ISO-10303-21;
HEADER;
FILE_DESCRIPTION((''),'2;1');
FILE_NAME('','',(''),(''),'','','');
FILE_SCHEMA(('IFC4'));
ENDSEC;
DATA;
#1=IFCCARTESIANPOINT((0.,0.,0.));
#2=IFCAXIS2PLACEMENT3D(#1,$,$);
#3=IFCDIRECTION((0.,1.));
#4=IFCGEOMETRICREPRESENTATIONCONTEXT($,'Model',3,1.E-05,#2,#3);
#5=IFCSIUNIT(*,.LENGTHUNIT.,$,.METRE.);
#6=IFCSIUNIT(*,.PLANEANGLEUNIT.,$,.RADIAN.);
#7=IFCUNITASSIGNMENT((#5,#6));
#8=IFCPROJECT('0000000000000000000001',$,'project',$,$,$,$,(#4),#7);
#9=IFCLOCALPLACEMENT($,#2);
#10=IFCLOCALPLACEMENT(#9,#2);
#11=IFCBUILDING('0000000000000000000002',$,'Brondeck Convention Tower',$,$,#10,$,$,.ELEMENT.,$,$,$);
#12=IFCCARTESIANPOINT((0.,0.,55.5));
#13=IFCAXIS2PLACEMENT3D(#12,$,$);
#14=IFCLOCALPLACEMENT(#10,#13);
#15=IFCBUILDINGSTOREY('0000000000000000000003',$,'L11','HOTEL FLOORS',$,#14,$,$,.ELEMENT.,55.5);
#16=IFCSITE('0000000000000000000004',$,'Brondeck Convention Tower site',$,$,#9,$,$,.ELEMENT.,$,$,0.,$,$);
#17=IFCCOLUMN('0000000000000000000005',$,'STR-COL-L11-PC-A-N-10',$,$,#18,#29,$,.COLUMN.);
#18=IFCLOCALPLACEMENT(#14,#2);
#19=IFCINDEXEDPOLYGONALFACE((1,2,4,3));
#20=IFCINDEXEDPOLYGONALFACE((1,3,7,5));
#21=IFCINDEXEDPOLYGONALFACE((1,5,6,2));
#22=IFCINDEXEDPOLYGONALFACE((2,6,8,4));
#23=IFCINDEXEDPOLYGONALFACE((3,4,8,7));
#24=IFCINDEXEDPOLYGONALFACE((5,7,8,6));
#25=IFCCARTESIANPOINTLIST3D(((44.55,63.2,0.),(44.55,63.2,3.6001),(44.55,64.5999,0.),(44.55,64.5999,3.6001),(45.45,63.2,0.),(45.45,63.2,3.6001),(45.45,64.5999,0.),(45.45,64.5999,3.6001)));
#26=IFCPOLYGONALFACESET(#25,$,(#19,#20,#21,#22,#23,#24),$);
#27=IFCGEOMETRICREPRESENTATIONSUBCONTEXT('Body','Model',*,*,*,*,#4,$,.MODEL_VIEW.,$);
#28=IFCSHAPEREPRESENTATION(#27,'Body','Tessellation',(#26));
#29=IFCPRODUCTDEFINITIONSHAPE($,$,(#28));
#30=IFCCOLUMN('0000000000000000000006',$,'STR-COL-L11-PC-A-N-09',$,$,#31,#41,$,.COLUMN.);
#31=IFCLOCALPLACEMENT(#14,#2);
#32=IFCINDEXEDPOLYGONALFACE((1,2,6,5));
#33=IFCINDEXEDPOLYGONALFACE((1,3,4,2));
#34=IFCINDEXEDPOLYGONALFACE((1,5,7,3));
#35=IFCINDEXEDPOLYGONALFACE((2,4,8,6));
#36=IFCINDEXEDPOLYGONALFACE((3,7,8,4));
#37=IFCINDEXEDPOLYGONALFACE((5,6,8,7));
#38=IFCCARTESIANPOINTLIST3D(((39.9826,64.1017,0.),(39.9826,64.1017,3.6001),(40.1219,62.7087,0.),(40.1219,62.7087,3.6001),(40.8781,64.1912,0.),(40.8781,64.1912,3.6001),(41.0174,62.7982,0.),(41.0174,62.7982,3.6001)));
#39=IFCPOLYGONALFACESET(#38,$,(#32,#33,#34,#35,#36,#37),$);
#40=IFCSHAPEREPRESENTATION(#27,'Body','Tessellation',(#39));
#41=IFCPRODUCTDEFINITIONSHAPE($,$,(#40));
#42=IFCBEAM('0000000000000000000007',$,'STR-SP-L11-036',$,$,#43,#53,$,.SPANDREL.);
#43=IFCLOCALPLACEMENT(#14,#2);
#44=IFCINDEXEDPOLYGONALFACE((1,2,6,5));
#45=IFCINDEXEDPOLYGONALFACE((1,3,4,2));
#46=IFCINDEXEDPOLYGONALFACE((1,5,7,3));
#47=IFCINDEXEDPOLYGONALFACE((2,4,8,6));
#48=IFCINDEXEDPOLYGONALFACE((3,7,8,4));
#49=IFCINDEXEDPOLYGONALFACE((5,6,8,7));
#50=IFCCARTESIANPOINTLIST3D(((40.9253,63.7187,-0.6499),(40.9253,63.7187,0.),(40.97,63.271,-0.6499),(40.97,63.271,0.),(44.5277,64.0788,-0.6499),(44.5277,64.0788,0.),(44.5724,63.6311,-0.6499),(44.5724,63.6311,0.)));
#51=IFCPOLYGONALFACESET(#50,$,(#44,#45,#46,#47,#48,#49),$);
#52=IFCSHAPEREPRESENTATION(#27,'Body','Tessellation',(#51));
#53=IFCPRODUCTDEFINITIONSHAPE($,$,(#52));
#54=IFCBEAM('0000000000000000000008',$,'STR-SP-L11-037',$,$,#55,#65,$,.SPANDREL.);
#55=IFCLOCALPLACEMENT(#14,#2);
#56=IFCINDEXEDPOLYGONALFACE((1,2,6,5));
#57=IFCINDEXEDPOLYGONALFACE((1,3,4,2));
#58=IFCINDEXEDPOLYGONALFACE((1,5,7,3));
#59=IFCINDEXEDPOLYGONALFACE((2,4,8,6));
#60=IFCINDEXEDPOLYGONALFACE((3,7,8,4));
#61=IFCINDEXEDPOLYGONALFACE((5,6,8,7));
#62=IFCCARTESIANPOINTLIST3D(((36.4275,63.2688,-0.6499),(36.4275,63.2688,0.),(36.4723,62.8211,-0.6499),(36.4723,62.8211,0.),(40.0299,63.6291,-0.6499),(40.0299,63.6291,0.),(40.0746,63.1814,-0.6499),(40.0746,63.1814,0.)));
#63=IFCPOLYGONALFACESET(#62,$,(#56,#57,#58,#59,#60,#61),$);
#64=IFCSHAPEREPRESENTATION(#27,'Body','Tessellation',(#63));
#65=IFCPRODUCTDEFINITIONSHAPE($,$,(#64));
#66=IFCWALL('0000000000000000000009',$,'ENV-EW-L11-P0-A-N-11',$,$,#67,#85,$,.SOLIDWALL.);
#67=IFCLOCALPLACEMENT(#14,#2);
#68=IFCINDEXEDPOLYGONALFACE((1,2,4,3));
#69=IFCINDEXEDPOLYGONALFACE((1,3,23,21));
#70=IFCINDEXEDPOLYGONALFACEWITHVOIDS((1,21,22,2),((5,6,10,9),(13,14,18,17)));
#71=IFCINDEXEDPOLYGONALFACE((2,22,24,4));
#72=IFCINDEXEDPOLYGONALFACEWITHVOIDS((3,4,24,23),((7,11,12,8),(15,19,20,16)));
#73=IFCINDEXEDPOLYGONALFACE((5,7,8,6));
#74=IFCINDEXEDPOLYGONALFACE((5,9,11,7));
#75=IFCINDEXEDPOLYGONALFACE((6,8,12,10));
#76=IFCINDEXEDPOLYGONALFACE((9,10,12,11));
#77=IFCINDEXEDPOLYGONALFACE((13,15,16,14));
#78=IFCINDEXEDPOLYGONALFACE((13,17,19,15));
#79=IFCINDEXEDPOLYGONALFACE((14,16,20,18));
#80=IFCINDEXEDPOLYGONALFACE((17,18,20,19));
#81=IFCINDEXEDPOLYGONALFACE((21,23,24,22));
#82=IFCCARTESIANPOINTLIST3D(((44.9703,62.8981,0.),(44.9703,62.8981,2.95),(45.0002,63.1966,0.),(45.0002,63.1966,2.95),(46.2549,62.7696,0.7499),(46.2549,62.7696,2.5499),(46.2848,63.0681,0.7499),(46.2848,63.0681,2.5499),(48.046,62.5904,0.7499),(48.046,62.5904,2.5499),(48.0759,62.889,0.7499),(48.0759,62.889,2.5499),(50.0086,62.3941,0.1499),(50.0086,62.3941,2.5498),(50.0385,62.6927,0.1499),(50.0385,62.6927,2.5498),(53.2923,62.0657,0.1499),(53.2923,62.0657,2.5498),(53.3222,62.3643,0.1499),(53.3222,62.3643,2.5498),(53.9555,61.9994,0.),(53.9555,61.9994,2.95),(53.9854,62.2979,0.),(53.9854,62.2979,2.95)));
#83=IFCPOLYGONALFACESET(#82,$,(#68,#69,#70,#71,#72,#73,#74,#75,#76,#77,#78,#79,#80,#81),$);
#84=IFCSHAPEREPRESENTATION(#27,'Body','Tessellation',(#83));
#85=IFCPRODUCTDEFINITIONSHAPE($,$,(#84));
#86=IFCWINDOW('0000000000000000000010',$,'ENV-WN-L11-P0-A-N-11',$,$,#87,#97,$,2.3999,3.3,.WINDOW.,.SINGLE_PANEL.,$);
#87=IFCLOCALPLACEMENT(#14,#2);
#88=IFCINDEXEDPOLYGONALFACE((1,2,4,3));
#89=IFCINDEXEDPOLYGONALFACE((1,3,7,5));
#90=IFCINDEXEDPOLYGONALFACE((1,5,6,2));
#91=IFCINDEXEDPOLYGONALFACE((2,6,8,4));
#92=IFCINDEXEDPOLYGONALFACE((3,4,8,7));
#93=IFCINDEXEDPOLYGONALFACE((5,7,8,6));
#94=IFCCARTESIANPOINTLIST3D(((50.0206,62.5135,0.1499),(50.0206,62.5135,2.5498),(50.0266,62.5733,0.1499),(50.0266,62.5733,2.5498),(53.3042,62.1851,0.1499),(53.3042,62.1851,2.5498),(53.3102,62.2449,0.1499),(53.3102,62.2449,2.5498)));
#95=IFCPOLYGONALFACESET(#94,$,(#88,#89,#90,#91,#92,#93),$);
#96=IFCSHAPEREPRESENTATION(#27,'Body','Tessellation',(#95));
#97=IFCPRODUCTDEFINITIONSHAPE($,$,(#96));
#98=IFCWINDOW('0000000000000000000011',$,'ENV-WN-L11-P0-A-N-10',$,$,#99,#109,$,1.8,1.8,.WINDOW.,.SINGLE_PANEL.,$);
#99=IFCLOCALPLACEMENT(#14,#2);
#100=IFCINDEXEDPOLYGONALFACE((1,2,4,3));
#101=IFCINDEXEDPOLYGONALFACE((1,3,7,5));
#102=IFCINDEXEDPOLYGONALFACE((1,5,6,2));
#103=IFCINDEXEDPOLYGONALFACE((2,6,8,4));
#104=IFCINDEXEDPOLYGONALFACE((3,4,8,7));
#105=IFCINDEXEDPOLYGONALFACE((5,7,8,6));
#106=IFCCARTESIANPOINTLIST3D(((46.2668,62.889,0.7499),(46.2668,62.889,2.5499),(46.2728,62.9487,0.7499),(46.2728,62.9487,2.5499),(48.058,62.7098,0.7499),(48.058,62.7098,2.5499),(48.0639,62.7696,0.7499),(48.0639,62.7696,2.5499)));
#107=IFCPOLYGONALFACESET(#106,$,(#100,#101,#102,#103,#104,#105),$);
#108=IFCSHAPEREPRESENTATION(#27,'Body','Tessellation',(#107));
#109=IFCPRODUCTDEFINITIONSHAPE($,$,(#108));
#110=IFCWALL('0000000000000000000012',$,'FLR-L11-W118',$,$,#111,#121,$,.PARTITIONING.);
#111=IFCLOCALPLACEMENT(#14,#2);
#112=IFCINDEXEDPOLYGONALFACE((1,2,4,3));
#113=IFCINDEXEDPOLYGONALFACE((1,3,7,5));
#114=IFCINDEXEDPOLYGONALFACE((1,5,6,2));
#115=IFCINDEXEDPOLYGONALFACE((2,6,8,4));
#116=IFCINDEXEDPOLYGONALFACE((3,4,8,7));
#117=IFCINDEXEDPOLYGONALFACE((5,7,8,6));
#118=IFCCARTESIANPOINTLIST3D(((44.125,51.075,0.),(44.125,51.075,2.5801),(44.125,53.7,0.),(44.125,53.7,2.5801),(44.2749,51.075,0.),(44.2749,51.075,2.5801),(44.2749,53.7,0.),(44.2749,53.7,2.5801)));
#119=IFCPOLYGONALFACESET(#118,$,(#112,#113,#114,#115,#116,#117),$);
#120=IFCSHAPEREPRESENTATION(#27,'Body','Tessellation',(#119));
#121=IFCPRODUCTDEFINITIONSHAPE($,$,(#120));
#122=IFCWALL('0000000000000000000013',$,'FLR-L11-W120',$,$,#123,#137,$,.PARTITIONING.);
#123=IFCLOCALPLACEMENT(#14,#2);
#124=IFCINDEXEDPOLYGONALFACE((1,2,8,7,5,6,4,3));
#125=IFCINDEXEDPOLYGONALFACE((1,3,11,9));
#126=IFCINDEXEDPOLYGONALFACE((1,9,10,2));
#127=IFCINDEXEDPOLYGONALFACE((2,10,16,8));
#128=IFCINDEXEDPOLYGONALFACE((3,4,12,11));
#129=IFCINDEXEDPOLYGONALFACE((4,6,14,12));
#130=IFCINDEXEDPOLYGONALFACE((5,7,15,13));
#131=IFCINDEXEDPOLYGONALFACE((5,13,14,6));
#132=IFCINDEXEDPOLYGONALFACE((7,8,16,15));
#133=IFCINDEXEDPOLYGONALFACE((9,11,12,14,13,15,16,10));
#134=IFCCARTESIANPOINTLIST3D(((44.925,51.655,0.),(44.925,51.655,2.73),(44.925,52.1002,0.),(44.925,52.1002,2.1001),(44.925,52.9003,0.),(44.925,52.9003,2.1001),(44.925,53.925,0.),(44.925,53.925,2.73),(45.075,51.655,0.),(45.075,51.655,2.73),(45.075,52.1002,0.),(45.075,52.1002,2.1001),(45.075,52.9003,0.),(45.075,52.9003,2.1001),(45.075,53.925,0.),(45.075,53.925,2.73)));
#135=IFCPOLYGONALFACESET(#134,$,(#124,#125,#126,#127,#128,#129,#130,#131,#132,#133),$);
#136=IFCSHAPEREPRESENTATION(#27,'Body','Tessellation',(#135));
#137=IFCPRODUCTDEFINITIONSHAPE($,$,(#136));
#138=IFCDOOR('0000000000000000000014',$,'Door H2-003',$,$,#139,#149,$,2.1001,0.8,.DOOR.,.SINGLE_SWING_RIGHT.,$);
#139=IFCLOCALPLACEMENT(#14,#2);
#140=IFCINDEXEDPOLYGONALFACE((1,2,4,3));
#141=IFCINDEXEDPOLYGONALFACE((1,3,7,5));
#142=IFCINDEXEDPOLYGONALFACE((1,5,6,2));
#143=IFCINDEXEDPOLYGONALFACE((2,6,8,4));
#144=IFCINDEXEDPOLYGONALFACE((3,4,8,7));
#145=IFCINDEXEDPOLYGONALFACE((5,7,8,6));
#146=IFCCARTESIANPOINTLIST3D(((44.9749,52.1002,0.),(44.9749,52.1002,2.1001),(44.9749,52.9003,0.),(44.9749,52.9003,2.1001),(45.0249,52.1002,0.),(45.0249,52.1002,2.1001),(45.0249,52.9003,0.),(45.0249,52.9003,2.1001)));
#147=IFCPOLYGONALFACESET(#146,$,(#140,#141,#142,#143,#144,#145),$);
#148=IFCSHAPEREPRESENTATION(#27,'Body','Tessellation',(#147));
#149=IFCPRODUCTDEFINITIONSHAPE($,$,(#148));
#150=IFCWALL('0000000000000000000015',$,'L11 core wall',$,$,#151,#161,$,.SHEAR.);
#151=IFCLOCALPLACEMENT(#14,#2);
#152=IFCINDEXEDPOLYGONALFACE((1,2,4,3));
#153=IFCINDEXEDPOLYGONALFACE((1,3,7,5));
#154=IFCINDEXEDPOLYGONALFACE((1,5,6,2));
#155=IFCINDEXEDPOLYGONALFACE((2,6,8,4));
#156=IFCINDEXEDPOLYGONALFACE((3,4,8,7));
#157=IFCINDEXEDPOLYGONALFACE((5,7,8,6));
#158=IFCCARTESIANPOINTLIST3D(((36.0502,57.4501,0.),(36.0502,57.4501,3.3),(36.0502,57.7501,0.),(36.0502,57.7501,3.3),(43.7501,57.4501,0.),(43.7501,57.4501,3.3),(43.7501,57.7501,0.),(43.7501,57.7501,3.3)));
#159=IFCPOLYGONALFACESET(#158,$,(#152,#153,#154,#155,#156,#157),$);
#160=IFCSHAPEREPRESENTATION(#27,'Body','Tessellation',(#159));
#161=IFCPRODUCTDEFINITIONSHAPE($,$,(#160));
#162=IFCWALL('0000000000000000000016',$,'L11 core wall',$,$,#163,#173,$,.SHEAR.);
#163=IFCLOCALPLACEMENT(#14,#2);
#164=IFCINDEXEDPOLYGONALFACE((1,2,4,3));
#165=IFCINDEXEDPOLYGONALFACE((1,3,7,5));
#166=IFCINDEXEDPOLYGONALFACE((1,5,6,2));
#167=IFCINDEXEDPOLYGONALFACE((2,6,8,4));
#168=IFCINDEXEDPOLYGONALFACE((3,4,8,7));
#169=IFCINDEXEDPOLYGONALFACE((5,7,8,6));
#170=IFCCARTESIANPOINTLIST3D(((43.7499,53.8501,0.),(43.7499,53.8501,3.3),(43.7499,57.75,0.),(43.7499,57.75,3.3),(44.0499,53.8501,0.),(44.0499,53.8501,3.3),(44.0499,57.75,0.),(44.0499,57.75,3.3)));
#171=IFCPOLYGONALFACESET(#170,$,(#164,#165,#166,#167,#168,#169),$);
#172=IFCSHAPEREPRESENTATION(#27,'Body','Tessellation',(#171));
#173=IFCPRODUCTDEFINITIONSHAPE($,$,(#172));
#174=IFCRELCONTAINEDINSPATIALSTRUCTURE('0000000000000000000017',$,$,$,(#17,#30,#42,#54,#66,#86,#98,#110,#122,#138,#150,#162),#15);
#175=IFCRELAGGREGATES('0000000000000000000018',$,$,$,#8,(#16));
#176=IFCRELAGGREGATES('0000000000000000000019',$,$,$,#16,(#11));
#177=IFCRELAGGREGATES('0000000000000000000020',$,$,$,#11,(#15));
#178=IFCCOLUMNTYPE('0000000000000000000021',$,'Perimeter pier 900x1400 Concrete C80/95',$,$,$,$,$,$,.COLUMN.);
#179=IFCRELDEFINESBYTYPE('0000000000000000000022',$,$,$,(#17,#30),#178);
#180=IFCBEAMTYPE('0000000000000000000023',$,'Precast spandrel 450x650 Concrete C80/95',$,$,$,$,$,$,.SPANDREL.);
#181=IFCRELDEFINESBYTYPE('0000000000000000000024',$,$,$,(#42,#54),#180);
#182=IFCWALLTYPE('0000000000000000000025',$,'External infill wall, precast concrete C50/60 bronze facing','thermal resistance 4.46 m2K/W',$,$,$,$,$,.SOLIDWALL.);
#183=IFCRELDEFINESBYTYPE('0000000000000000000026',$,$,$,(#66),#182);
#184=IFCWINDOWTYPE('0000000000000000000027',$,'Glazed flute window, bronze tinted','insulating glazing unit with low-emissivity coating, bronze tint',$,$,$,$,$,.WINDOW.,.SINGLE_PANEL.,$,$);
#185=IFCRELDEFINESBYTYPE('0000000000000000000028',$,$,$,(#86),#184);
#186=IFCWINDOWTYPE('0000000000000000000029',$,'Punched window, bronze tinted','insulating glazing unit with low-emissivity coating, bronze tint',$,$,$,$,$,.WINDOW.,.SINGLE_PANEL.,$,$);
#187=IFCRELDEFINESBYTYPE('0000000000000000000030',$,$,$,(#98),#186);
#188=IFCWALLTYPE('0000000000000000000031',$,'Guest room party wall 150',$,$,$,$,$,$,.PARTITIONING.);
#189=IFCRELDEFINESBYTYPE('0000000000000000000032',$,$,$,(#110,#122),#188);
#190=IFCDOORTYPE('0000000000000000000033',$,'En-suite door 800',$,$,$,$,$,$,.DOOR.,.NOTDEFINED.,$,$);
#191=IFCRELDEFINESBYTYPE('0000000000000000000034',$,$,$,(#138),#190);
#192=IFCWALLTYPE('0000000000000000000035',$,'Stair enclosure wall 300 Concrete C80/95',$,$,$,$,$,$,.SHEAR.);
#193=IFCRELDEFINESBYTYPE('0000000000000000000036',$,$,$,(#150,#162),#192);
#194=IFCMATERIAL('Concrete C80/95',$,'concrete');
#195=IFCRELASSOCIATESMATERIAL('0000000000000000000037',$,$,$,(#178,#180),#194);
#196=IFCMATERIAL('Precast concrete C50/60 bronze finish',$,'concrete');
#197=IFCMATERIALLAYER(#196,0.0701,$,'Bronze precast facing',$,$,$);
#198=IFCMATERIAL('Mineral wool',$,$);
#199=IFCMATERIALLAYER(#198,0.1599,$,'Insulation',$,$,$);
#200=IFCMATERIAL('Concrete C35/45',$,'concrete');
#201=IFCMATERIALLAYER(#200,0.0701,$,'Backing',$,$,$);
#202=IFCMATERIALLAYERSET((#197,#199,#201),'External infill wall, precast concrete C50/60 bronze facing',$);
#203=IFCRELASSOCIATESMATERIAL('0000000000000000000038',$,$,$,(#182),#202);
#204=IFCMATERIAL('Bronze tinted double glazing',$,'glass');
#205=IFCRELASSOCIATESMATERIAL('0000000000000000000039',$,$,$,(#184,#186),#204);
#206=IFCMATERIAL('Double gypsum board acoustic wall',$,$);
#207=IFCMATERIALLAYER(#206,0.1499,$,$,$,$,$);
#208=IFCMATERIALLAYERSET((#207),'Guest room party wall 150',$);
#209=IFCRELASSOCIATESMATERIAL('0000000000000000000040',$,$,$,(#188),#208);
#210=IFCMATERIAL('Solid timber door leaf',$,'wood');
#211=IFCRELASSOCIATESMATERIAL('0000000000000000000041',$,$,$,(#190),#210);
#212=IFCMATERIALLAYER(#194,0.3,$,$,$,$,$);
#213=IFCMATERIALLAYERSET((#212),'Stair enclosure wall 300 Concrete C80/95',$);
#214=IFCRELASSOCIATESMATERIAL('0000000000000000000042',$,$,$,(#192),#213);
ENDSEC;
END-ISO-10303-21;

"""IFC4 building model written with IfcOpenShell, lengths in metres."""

from ifc_helpers import new_model, si_unit, direction, frame, frame_2d, origin, origin_2d, place, context, subcontext, project, spatial, rectangle, extrude, material, layer, layer_set, material_profile, profile_set, type_object, element, fill, save


model = new_model("IFC4")

# Units and contexts
model_context = context("Model", 3, precision=1e-05, world=origin(), true_north=direction((0.0, 1.0)))
body_context = subcontext(model_context, "Body", "Model", "MODEL_VIEW")
ifc_project = project(units=[si_unit("LENGTHUNIT", "METRE"), si_unit("PLANEANGLEUNIT", "RADIAN")], contexts=[model_context])

# Site, building, storey
site_placement = place(None, origin())
site = spatial("IfcSite", under=ifc_project, at=site_placement, Name="Brondeck Convention Tower site", CompositionType="ELEMENT", RefElevation=0.0)
building_placement = place(site_placement, origin())
building = spatial("IfcBuilding", under=site, at=building_placement, Name="Brondeck Convention Tower", CompositionType="ELEMENT")
storey_placement = place(building_placement, frame((0.0, 0.0, 55.5)))
storey = spatial("IfcBuildingStorey", under=building, at=storey_placement, Name="L11", Description="HOTEL FLOORS", CompositionType="ELEMENT", Elevation=55.5)

# Columns
ifc_material_1 = material(Name="Concrete C80/95", Category="concrete")
ifc_material_profile_1 = material_profile(ifc_material_1, rectangle(XDim=0.8999, YDim=1.3999, at=origin_2d()), Name="Perimeter pier 900x1400 Concrete C80/95")
ifc_profile_set_1 = profile_set([ifc_material_profile_1], Name="Concrete C80/95")
column_type = type_object("IfcColumnType", Name="Perimeter pier 900x1400 Concrete C80/95", PredefinedType="COLUMN", material=ifc_profile_set_1)
for number, where, z_axis, x_axis, name in (
    (1, (45.0, 63.8999, 0.0), (0.0, 0.0, 1.0), (-1.0, 0.0, 0.0), "STR-COL-L11-PC-A-N-10"),
    (2, (40.5, 63.45, 0.0), (0.0, 0.0, 1.0), (-0.995037, -0.099504, 0.0), "STR-COL-L11-PC-A-N-09"),
):
    element("IfcColumn", number, at=place(storey_placement, frame(where, z_axis=z_axis, x_axis=x_axis)), inside=storey, type_object=column_type, Name=name, PredefinedType="COLUMN", context=body_context, shape_type="SweptSolid", body=[
        extrude(rectangle(XDim=0.8999, YDim=1.3999, at=origin_2d()), origin(), (0.0, 0.0, 1.0), 3.6001),
    ])

# Beams
ifc_material_profile_2 = material_profile(ifc_material_1, rectangle(XDim=0.45, YDim=0.6499, at=origin_2d()), Name="Precast spandrel 450x650 Concrete C80/95")
ifc_profile_set_2 = profile_set([ifc_material_profile_2], Name="Concrete C80/95")
beam_type = type_object("IfcBeamType", Name="Precast spandrel 450x650 Concrete C80/95", PredefinedType="SPANDREL", material=ifc_profile_set_2)
for number, where, z_axis, x_axis, name in (
    (3, (44.55, 63.855, -0.325), (-0.995041, -0.09947, 0.0), (0.09947, -0.995041, 0.0), "STR-SP-L11-036"),
    (4, (40.0522, 63.4053, -0.325), (-0.995034, -0.099537, 0.0), (0.099537, -0.995034, 0.0), "STR-SP-L11-037"),
):
    element("IfcBeam", number, at=place(storey_placement, frame(where, z_axis=z_axis, x_axis=x_axis)), inside=storey, type_object=beam_type, Name=name, PredefinedType="SPANDREL", context=body_context, shape_type="SweptSolid", body=[
        extrude(rectangle(XDim=0.45, YDim=0.6499, at=origin_2d()), origin(), (0.0, 0.0, 1.0), 3.6204),
    ])

# Wall, openings, windows
ifc_material_2 = material(Name="Precast concrete C50/60 bronze finish", Category="concrete")
ifc_layer_1 = layer(ifc_material_2, 0.0701, Name="Bronze precast facing")
ifc_material_3 = material(Name="Mineral wool")
ifc_layer_2 = layer(ifc_material_3, 0.1599, Name="Insulation")
ifc_material_4 = material(Name="Concrete C35/45", Category="concrete")
ifc_layer_3 = layer(ifc_material_4, 0.0701, Name="Backing")
ifc_layer_set_1 = layer_set([ifc_layer_1, ifc_layer_2, ifc_layer_3], Name="External infill wall, precast concrete C50/60 bronze facing")
wall_type_1 = type_object("IfcWallType", Name="External infill wall, precast concrete C50/60 bronze facing", Description="thermal resistance 4.46 m2K/W", PredefinedType="SOLIDWALL", material=ifc_layer_set_1)
wall_1_placement = place(storey_placement, frame((44.9851, 63.0474, 0.0), z_axis=(0.0, 0.0, 1.0), x_axis=(0.995035, -0.099522, 0.0)))
wall_1 = element("IfcWall", 5, at=wall_1_placement, inside=storey, type_object=wall_type_1, Name="ENV-EW-L11-P0-A-N-11", PredefinedType="SOLIDWALL", context=body_context, shape_type="SweptSolid", body=[
    extrude(rectangle(XDim=9.03, YDim=0.3, at=frame_2d((4.5151, 0.0))), origin(), (0.0, 0.0, 1.0), 2.95),
])
opening_1_placement = place(wall_1_placement, frame((1.2913, 0.0, 0.75)))
opening_1 = element("IfcOpeningElement", 6, at=opening_1_placement, cuts=wall_1, PredefinedType="OPENING", context=body_context, shape_type="SweptSolid", body=[
    extrude(rectangle(XDim=1.8, YDim=1.8, at=frame_2d((0.8999, 0.8999))), frame((0.0, 0.1599, 0.0), z_axis=(0.0, -1.0, 0.0), x_axis=(1.0, 0.0, 0.0)), (0.0, 0.0, 1.0), 0.3201),
])
opening_2_placement = place(wall_1_placement, frame((5.0637, 0.0, 0.1499)))
opening_2 = element("IfcOpeningElement", 7, at=opening_2_placement, cuts=wall_1, PredefinedType="OPENING", context=body_context, shape_type="SweptSolid", body=[
    extrude(rectangle(XDim=3.3, YDim=2.3999, at=frame_2d((1.6499, 1.2))), frame((0.0, 0.1599, 0.0), z_axis=(0.0, -1.0, 0.0), x_axis=(1.0, 0.0, 0.0)), (0.0, 0.0, 1.0), 0.3201),
])
ifc_material_5 = material(Name="Bronze tinted double glazing", Category="glass")
window_type_1 = type_object("IfcWindowType", Name="Glazed flute window, bronze tinted", Description="insulating glazing unit with low-emissivity coating, bronze tint", PartitioningType="SINGLE_PANEL", PredefinedType="WINDOW", material=ifc_material_5)
window_1_placement = place(opening_2_placement, origin())
window_1 = element("IfcWindow", 8, at=window_1_placement, inside=storey, type_object=window_type_1, Name="ENV-WN-L11-P0-A-N-11", OverallHeight=2.3999, OverallWidth=3.3, PartitioningType="SINGLE_PANEL", PredefinedType="WINDOW", context=body_context, shape_type="SweptSolid", body=[
    extrude(rectangle(XDim=3.3, YDim=2.3999, at=frame_2d((1.6499, 1.2))), frame((0.0, 0.03, 0.0), z_axis=(0.0, -1.0, 0.0), x_axis=(1.0, 0.0, 0.0)), (0.0, 0.0, 1.0), 0.0601),
])
fill(opening_2, window_1)
window_type_2 = type_object("IfcWindowType", Name="Punched window, bronze tinted", Description="insulating glazing unit with low-emissivity coating, bronze tint", PartitioningType="SINGLE_PANEL", PredefinedType="WINDOW", material=ifc_material_5)
window_2_placement = place(opening_1_placement, origin())
window_2 = element("IfcWindow", 9, at=window_2_placement, inside=storey, type_object=window_type_2, Name="ENV-WN-L11-P0-A-N-10", OverallHeight=1.8, OverallWidth=1.8, PartitioningType="SINGLE_PANEL", PredefinedType="WINDOW", context=body_context, shape_type="SweptSolid", body=[
    extrude(rectangle(XDim=1.8, YDim=1.8, at=frame_2d((0.8999, 0.8999))), frame((0.0, 0.03, 0.0), z_axis=(0.0, -1.0, 0.0), x_axis=(1.0, 0.0, 0.0)), (0.0, 0.0, 1.0), 0.0601),
])
fill(opening_1, window_2)

# Wall
ifc_material_6 = material(Name="Double gypsum board acoustic wall")
ifc_layer_4 = layer(ifc_material_6, 0.1499)
ifc_layer_set_2 = layer_set([ifc_layer_4], Name="Guest room party wall 150")
wall_type_2 = type_object("IfcWallType", Name="Guest room party wall 150", PredefinedType="PARTITIONING", material=ifc_layer_set_2)
wall_2_placement = place(storey_placement, frame((44.2, 53.7, 0.0), z_axis=(0.0, 0.0, 1.0), x_axis=(0.0, -1.0, 0.0)))
element("IfcWall", 10, at=wall_2_placement, inside=storey, type_object=wall_type_2, Name="FLR-L11-W118", PredefinedType="PARTITIONING", context=body_context, shape_type="SweptSolid", body=[
    extrude(rectangle(XDim=2.625, YDim=0.1499, at=frame_2d((1.3125, 0.0))), origin(), (0.0, 0.0, 1.0), 2.5801),
])

# Wall, opening, door
wall_3_placement = place(storey_placement, frame((45.0, 53.925, 0.0), z_axis=(0.0, 0.0, 1.0), x_axis=(0.0, -1.0, 0.0)))
wall_3 = element("IfcWall", 11, at=wall_3_placement, inside=storey, type_object=wall_type_2, Name="FLR-L11-W120", PredefinedType="PARTITIONING", context=body_context, shape_type="SweptSolid", body=[
    extrude(rectangle(XDim=2.27, YDim=0.1499, at=frame_2d((1.135, 0.0))), origin(), (0.0, 0.0, 1.0), 2.73),
])
opening_3_placement = place(wall_3_placement, frame((1.0249, 0.0, 0.0)))
opening_3 = element("IfcOpeningElement", 12, at=opening_3_placement, cuts=wall_3, PredefinedType="OPENING", context=body_context, shape_type="SweptSolid", body=[
    extrude(rectangle(XDim=0.8, YDim=2.1001, at=frame_2d((0.3999, 1.05))), frame((0.0, 0.085, 0.0), z_axis=(0.0, -1.0, 0.0), x_axis=(1.0, 0.0, 0.0)), (0.0, 0.0, 1.0), 0.1699),
])
ifc_material_7 = material(Name="Solid timber door leaf", Category="wood")
door_type = type_object("IfcDoorType", Name="En-suite door 800", OperationType="NOTDEFINED", PredefinedType="DOOR", material=ifc_material_7)
door_placement = place(opening_3_placement, origin())
door = element("IfcDoor", 13, at=door_placement, inside=storey, type_object=door_type, Name="Door H2-003", OperationType="SINGLE_SWING_RIGHT", OverallHeight=2.1001, OverallWidth=0.8, PredefinedType="DOOR", context=body_context, shape_type="SweptSolid", body=[
    extrude(rectangle(XDim=0.8, YDim=2.1001, at=frame_2d((0.3999, 1.05))), frame((0.0, 0.0249, 0.0), z_axis=(0.0, -1.0, 0.0), x_axis=(1.0, 0.0, 0.0)), (0.0, 0.0, 1.0), 0.05),
])
fill(opening_3, door)

# Walls
ifc_layer_5 = layer(ifc_material_1, 0.3)
ifc_layer_set_3 = layer_set([ifc_layer_5], Name="Stair enclosure wall 300 Concrete C80/95")
wall_type_3 = type_object("IfcWallType", Name="Stair enclosure wall 300 Concrete C80/95", PredefinedType="SHEAR", material=ifc_layer_set_3)
wall_4_placement = place(storey_placement, frame((36.05, 57.6001, 0.0), z_axis=(0.0, 0.0, 1.0), x_axis=(1.0, 0.0, 0.0)))
element("IfcWall", 14, at=wall_4_placement, inside=storey, type_object=wall_type_3, Name="L11 core wall", PredefinedType="SHEAR", context=body_context, shape_type="SweptSolid", body=[
    extrude(rectangle(XDim=7.7, YDim=0.3, at=frame_2d((3.8501, 0.0))), origin(), (0.0, 0.0, 1.0), 3.3),
])
wall_5_placement = place(storey_placement, frame((43.8999, 53.8501, 0.0), z_axis=(0.0, 0.0, 1.0), x_axis=(0.0, 1.0, 0.0)))
element("IfcWall", 15, at=wall_5_placement, inside=storey, type_object=wall_type_3, Name="L11 core wall", PredefinedType="SHEAR", context=body_context, shape_type="SweptSolid", body=[
    extrude(rectangle(XDim=3.8999, YDim=0.3, at=frame_2d((1.95, 0.0))), origin(), (0.0, 0.0, 1.0), 3.3),
])

save(model, "model.ifc")
